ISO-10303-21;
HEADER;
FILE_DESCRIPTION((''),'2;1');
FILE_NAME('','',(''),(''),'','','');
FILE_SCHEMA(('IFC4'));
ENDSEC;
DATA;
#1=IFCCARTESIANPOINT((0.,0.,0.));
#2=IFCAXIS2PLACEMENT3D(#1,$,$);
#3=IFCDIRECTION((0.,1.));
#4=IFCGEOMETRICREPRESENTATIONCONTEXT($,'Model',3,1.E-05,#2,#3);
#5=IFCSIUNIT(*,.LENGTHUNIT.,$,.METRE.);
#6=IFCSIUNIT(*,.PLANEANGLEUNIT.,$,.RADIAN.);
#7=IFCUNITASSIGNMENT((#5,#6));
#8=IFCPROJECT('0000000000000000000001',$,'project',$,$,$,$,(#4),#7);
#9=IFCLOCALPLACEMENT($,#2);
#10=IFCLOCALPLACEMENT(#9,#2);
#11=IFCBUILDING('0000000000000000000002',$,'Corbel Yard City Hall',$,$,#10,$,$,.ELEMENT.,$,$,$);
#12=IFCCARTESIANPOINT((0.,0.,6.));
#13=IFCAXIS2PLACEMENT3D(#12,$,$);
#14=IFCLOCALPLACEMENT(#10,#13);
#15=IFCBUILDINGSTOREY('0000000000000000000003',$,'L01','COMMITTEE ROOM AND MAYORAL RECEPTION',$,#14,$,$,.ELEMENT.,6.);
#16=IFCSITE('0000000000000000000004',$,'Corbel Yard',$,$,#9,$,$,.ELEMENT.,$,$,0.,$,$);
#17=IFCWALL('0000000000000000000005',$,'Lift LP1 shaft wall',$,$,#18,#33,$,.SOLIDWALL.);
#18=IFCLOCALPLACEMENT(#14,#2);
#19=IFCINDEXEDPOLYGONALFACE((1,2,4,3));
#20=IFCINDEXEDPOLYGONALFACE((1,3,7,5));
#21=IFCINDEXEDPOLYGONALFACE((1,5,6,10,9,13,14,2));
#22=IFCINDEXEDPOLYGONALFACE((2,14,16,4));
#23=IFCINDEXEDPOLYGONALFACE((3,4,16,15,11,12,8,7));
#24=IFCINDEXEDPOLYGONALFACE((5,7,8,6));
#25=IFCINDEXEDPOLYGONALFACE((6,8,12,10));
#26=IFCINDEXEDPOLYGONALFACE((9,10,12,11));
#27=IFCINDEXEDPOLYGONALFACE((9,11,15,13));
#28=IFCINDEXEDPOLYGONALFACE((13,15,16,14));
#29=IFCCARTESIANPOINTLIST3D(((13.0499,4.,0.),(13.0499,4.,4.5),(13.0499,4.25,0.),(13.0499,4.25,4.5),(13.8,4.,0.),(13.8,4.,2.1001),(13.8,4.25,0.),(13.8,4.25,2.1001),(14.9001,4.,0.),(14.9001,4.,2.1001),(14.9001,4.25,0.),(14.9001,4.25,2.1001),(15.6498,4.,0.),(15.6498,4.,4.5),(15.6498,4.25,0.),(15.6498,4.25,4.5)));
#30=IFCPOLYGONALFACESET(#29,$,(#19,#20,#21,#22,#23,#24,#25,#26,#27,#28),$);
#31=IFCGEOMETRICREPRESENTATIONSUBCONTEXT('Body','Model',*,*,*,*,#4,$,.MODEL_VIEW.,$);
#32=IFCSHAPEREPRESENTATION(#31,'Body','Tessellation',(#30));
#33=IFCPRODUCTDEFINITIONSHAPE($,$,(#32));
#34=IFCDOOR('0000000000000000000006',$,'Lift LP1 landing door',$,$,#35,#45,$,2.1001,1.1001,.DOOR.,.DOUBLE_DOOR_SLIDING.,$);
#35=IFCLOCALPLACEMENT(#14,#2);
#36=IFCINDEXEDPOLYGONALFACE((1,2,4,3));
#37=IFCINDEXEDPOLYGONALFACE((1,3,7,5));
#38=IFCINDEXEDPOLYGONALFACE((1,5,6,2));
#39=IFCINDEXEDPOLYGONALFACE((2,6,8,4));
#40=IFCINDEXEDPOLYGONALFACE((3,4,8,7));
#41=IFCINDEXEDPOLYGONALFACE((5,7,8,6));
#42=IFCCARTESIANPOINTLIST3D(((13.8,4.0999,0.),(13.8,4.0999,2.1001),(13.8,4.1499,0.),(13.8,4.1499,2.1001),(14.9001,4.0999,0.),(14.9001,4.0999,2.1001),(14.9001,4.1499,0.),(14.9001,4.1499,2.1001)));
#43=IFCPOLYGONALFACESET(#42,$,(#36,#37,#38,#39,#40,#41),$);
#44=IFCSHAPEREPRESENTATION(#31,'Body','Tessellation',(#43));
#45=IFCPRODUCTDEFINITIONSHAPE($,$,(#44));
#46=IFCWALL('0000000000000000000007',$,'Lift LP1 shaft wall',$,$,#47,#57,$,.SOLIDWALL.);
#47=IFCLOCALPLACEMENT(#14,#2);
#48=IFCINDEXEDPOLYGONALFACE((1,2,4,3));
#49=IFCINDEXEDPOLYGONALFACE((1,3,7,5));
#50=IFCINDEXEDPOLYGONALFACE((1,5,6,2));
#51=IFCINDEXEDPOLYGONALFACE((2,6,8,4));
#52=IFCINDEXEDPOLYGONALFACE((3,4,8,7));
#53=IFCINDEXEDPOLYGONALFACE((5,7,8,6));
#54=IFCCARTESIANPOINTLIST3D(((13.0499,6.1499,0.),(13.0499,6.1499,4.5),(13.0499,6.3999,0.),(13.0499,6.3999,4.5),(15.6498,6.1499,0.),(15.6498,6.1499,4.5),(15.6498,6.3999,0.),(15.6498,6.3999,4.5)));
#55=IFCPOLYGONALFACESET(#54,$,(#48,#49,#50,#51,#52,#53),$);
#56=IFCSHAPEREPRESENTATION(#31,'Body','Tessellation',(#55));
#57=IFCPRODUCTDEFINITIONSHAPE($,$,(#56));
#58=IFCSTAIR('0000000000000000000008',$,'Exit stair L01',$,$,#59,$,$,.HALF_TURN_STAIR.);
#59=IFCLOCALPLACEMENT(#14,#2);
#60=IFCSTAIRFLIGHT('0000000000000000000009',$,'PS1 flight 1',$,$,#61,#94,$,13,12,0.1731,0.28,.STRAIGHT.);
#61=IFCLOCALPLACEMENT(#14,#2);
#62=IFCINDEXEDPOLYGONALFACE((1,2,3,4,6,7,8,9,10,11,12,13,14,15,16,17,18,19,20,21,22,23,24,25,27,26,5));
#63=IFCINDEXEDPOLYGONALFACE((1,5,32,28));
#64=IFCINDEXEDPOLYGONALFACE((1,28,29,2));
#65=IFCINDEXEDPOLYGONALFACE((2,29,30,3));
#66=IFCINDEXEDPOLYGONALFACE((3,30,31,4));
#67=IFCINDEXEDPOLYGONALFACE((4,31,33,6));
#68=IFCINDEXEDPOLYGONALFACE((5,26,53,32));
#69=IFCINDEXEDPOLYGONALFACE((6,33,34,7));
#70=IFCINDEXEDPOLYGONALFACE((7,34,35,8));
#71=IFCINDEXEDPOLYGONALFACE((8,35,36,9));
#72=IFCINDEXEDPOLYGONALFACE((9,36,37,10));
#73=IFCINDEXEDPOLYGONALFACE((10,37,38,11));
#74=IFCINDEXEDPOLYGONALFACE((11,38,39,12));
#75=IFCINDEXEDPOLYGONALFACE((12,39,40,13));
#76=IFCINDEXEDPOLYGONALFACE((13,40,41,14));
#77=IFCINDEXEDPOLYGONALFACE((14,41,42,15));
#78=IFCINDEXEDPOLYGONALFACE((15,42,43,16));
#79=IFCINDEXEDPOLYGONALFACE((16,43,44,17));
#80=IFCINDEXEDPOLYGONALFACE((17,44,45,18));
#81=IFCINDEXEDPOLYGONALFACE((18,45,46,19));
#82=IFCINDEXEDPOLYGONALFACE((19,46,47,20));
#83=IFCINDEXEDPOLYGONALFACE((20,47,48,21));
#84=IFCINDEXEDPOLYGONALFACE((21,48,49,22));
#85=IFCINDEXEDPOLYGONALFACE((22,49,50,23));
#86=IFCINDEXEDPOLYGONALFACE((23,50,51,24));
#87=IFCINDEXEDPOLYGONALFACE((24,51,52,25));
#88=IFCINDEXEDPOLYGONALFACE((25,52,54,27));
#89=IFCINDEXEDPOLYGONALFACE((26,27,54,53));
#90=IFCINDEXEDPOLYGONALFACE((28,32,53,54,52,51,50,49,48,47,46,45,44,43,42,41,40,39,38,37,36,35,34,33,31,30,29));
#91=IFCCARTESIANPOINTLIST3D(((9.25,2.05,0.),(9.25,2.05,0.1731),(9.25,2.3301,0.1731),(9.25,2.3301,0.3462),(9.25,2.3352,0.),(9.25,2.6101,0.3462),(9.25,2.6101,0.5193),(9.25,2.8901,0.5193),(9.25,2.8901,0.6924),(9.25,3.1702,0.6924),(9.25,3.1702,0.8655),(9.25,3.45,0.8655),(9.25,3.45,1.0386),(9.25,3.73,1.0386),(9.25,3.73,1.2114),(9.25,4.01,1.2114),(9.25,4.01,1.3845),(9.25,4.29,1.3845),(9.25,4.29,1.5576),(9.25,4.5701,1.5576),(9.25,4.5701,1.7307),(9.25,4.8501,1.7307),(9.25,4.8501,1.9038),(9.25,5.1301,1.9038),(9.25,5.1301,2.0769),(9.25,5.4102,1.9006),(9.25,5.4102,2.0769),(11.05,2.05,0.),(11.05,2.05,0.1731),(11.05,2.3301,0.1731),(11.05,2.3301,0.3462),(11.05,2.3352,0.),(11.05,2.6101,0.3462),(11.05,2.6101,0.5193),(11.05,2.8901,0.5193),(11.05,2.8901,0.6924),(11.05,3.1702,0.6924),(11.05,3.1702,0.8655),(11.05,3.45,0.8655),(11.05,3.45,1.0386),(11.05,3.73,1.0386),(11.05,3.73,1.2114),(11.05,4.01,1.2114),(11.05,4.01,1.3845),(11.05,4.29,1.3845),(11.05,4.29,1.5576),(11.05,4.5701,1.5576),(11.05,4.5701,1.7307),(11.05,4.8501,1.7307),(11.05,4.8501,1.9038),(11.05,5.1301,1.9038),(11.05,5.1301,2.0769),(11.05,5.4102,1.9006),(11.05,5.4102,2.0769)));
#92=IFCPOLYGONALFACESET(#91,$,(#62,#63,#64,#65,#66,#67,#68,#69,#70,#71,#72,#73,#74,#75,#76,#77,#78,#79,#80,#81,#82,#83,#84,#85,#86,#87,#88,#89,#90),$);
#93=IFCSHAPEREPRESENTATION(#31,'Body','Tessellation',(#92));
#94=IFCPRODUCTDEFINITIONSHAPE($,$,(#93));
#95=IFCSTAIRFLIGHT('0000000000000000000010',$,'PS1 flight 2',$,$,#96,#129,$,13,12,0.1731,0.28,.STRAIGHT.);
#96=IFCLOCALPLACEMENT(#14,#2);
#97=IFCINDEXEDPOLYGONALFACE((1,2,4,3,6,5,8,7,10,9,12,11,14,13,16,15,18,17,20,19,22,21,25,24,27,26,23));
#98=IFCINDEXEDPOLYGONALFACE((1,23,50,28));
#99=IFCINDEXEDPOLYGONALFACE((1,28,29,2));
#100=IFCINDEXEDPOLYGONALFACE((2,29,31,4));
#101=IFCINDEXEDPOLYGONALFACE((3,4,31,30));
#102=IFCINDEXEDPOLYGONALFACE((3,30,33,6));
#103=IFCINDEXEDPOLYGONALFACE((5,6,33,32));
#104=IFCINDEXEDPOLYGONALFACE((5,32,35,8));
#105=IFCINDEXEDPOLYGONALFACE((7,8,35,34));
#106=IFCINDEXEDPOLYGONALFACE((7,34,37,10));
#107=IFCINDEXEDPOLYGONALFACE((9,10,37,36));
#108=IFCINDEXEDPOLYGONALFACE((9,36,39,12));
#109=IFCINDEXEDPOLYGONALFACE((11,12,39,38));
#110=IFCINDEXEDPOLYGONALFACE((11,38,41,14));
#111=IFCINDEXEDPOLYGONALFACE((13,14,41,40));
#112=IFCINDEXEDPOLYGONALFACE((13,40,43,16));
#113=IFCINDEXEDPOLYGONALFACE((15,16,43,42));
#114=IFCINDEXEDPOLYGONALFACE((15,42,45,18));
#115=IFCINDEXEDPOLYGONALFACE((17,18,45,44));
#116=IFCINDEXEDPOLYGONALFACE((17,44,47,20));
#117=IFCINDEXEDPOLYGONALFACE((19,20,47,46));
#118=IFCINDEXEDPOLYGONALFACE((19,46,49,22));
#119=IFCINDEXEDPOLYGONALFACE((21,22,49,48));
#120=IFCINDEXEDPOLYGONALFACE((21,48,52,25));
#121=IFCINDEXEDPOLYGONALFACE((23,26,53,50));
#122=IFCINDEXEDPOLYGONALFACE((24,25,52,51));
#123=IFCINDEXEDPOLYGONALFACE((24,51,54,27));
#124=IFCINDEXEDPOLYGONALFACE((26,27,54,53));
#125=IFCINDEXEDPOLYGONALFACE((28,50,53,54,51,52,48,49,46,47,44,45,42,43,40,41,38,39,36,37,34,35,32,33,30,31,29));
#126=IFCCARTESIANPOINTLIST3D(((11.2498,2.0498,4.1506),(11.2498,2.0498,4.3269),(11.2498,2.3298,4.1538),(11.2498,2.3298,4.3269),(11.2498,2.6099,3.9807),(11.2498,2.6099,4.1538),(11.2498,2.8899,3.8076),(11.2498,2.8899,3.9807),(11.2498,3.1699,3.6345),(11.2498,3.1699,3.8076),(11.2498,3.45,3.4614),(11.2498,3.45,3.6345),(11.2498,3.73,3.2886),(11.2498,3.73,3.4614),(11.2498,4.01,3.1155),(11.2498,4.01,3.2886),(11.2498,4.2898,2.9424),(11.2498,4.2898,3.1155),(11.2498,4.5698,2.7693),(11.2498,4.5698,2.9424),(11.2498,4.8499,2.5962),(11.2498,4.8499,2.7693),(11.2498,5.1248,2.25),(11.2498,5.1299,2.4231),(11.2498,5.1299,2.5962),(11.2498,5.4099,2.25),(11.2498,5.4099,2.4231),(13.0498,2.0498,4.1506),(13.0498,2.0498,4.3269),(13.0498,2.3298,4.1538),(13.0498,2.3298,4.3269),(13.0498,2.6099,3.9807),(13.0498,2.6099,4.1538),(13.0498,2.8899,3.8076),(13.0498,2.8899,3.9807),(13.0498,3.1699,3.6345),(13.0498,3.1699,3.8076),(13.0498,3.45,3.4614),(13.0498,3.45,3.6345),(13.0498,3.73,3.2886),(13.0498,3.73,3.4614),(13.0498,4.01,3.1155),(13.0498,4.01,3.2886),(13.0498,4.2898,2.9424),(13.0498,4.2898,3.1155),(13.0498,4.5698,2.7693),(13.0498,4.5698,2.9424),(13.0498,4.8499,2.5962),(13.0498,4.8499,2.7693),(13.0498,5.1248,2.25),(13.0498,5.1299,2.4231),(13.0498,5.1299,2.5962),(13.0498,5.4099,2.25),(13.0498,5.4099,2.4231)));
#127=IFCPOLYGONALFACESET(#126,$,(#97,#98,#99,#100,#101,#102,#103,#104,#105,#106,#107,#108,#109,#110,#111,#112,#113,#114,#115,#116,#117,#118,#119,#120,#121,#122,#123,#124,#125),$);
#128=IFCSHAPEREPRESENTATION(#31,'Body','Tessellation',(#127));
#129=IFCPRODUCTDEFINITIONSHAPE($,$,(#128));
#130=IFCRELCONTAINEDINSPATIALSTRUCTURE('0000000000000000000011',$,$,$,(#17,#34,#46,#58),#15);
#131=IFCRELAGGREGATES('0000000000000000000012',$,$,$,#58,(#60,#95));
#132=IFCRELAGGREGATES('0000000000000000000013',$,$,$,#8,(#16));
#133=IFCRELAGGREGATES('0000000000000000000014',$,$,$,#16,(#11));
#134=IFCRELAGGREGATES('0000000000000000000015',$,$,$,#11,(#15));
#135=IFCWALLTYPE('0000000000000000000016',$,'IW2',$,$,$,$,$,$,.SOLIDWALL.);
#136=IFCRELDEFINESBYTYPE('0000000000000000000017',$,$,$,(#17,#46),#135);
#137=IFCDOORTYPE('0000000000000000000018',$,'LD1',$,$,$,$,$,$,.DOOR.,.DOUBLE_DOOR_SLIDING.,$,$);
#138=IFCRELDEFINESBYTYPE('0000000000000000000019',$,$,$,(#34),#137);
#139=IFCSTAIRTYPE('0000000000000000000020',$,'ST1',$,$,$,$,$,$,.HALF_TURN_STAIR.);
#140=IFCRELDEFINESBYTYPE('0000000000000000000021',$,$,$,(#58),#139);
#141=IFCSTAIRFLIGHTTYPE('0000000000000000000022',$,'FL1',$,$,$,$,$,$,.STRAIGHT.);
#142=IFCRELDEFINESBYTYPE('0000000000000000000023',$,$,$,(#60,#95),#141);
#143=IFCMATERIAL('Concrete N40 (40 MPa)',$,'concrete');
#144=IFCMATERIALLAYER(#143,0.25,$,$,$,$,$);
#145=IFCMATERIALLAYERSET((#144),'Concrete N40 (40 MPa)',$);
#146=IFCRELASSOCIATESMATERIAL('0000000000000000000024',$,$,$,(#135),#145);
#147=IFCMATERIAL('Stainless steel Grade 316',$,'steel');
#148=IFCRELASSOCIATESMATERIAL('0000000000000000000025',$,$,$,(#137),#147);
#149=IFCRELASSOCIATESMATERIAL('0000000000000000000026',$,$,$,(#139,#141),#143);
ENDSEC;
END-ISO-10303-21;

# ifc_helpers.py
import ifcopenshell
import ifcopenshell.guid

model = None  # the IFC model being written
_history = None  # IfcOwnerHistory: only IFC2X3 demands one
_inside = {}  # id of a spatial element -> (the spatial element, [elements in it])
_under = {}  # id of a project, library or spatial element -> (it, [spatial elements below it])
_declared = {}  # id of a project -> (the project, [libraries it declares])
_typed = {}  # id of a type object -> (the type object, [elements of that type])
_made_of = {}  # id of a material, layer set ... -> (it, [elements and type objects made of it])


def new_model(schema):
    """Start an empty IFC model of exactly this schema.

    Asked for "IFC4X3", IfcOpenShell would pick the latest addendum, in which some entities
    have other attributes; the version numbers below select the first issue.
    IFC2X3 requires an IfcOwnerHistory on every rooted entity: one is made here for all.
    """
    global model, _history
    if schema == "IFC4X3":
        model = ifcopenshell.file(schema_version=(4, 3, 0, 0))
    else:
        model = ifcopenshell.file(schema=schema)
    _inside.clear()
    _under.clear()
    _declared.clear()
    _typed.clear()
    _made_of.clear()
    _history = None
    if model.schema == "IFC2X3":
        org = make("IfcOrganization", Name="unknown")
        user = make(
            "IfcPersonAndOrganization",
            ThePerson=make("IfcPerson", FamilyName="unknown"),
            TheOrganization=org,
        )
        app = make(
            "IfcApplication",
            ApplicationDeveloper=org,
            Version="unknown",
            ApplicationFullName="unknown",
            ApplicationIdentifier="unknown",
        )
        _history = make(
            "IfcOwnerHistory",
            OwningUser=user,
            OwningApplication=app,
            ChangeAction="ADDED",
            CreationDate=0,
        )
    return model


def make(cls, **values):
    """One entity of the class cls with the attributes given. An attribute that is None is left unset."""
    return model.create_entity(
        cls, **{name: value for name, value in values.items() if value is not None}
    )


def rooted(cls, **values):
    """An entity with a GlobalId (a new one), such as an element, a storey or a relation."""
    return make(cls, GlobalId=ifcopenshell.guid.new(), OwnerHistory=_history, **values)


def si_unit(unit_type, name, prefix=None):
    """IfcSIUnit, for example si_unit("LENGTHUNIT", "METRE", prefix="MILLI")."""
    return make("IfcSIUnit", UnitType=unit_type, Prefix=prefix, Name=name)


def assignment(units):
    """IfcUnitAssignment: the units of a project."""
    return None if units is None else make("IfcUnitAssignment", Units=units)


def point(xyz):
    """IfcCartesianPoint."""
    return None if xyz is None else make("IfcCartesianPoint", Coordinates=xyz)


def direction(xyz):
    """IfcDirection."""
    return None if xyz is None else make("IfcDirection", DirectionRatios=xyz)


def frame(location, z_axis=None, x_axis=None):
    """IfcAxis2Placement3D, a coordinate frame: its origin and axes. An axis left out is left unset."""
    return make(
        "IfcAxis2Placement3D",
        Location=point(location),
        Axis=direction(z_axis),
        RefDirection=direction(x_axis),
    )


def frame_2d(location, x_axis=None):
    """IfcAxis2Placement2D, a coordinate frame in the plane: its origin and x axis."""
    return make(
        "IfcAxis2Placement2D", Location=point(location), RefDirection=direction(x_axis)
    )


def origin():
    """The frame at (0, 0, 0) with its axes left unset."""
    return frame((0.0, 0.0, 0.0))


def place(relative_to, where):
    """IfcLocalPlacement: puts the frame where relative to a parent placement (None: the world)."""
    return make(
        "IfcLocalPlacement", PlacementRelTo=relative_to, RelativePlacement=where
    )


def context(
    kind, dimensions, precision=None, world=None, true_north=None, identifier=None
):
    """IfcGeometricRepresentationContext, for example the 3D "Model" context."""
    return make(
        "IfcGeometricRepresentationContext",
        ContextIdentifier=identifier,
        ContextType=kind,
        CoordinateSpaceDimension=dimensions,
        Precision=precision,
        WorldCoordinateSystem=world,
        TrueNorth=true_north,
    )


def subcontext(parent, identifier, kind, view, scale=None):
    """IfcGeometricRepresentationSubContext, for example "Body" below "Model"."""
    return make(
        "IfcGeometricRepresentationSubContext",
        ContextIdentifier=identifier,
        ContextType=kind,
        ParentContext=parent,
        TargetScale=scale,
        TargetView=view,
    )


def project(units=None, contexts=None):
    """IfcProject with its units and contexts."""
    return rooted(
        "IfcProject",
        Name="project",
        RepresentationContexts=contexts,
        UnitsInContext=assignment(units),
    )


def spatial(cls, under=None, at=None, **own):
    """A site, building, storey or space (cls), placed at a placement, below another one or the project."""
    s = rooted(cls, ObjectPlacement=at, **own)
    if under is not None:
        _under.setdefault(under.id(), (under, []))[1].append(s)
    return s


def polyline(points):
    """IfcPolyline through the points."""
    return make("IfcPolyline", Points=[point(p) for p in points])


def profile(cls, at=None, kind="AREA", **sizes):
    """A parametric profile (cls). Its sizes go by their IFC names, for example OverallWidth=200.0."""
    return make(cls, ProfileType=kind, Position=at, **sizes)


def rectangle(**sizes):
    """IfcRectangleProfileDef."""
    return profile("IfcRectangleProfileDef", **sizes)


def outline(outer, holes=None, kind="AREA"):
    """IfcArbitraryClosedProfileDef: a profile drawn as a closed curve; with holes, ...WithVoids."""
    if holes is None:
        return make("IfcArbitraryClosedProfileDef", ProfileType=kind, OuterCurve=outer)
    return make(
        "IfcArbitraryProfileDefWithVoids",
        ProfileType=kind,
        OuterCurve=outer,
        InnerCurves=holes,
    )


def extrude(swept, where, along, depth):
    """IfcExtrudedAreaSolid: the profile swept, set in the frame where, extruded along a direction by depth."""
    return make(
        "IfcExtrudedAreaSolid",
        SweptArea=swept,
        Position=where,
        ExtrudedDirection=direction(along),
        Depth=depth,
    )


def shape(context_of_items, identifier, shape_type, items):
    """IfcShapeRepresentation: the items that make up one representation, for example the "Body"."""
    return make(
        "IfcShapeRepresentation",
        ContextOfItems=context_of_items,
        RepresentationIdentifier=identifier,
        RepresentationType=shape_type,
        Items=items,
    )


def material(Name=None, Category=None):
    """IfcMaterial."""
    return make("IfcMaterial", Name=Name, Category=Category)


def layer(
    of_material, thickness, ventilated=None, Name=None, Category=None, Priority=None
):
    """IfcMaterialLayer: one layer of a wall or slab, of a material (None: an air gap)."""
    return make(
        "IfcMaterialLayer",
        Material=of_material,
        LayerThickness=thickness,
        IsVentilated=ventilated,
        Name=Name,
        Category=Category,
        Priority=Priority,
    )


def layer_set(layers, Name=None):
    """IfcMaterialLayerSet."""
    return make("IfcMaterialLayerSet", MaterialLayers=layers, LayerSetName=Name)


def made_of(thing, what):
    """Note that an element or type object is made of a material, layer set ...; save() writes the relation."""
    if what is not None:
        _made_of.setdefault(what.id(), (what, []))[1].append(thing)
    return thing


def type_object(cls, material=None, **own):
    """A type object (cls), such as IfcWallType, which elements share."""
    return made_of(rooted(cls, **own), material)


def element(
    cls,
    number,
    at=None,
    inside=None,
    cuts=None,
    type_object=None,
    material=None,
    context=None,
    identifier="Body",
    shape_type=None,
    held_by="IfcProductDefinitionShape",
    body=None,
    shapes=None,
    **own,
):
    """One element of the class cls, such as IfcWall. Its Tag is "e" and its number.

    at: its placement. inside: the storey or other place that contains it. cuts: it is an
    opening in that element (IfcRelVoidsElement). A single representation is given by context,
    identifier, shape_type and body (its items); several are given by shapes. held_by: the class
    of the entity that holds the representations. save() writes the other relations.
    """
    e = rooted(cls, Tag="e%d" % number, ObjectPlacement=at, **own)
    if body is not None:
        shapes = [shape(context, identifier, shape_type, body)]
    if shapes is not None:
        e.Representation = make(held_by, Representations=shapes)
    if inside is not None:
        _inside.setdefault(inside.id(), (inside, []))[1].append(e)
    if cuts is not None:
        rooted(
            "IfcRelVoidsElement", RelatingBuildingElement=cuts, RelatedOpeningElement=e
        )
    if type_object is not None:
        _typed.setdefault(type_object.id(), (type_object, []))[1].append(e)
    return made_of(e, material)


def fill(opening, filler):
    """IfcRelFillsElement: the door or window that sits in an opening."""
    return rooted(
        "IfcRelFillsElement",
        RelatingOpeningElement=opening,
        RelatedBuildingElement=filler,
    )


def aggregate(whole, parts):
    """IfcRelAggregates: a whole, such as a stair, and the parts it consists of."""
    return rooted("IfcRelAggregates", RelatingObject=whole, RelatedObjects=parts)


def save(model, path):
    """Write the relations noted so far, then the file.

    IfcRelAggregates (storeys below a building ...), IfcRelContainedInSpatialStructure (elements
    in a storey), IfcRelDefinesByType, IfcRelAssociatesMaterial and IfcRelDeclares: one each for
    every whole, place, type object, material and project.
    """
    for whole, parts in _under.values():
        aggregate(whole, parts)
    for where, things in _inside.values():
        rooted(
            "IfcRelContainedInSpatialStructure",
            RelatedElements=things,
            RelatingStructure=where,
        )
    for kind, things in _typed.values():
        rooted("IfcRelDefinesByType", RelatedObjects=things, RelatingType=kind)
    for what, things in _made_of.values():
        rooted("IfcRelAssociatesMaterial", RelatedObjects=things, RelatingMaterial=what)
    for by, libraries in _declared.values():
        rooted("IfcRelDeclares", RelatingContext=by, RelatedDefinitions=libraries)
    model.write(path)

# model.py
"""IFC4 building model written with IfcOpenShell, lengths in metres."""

from ifc_helpers import new_model, si_unit, direction, frame, frame_2d, origin, place, context, subcontext, project, spatial, polyline, rectangle, outline, extrude, material, layer, layer_set, type_object, element, fill, aggregate, save


model = new_model("IFC4")

# Units and contexts
model_context = context("Model", 3, precision=1e-05, world=origin(), true_north=direction((0.0, 1.0)))
body_context = subcontext(model_context, "Body", "Model", "MODEL_VIEW")
ifc_project = project(units=[si_unit("LENGTHUNIT", "METRE"), si_unit("PLANEANGLEUNIT", "RADIAN")], contexts=[model_context])

# Site, building, storey
site_placement = place(None, origin())
site = spatial("IfcSite", under=ifc_project, at=site_placement, Name="Corbel Yard", CompositionType="ELEMENT", RefElevation=0.0)
building_placement = place(site_placement, origin())
building = spatial("IfcBuilding", under=site, at=building_placement, Name="Corbel Yard City Hall", CompositionType="ELEMENT")
storey_placement = place(building_placement, frame((0.0, 0.0, 6.0)))
storey = spatial("IfcBuildingStorey", under=building, at=storey_placement, Name="L01", Description="COMMITTEE ROOM AND MAYORAL RECEPTION", CompositionType="ELEMENT", Elevation=6.0)

# Wall, opening, door
ifc_material_1 = material(Name="Concrete N40 (40 MPa)", Category="concrete")
ifc_layer_1 = layer(ifc_material_1, 0.25)
ifc_layer_set_1 = layer_set([ifc_layer_1], Name="Concrete N40 (40 MPa)")
wall_type_1 = type_object("IfcWallType", Name="IW2", PredefinedType="SOLIDWALL", material=ifc_layer_set_1)
wall_1_placement = place(storey_placement, frame((13.05, 4.125, 0.0), z_axis=(0.0, 0.0, 1.0), x_axis=(1.0, 0.0, 0.0)))
wall_1 = element("IfcWall", 1, at=wall_1_placement, inside=storey, type_object=wall_type_1, Name="Lift LP1 shaft wall", PredefinedType="SOLIDWALL", context=body_context, shape_type="SweptSolid", body=[
    extrude(rectangle(XDim=2.5999, YDim=0.25, at=frame_2d((1.2998, 0.0))), origin(), (0.0, 0.0, 1.0), 4.5),
])
opening_1_placement = place(wall_1_placement, frame((0.75, 0.0, 0.0)))
opening_1 = element("IfcOpeningElement", 2, at=opening_1_placement, cuts=wall_1, PredefinedType="OPENING", context=body_context, shape_type="SweptSolid", body=[
    extrude(rectangle(XDim=1.1001, YDim=2.1001, at=frame_2d((0.55, 1.05))), frame((0.0, 0.135, 0.0), z_axis=(0.0, -1.0, 0.0), x_axis=(1.0, 0.0, 0.0)), (0.0, 0.0, 1.0), 0.27),
])
ifc_material_2 = material(Name="Stainless steel Grade 316", Category="steel")
door_type = type_object("IfcDoorType", Name="LD1", OperationType="DOUBLE_DOOR_SLIDING", PredefinedType="DOOR", material=ifc_material_2)
door_placement = place(opening_1_placement, origin())
door = element("IfcDoor", 3, at=door_placement, inside=storey, type_object=door_type, Name="Lift LP1 landing door", OperationType="DOUBLE_DOOR_SLIDING", OverallHeight=2.1001, OverallWidth=1.1001, PredefinedType="DOOR", context=body_context, shape_type="SweptSolid", body=[
    extrude(rectangle(XDim=1.1001, YDim=2.1001, at=frame_2d((0.55, 1.05))), frame((0.0, 0.0249, 0.0), z_axis=(0.0, -1.0, 0.0), x_axis=(1.0, 0.0, 0.0)), (0.0, 0.0, 1.0), 0.05),
])
fill(opening_1, door)

# Wall
wall_2_placement = place(storey_placement, frame((13.05, 6.2749, 0.0), z_axis=(0.0, 0.0, 1.0), x_axis=(1.0, 0.0, 0.0)))
element("IfcWall", 4, at=wall_2_placement, inside=storey, type_object=wall_type_1, Name="Lift LP1 shaft wall", PredefinedType="SOLIDWALL", context=body_context, shape_type="SweptSolid", body=[
    extrude(rectangle(XDim=2.5999, YDim=0.25, at=frame_2d((1.2998, 0.0))), origin(), (0.0, 0.0, 1.0), 4.5),
])

# Stair, stair flights
stair_type = type_object("IfcStairType", Name="ST1", PredefinedType="HALF_TURN_STAIR", material=ifc_material_1)
stair_placement = place(storey_placement, origin())
stair = element("IfcStair", 5, at=stair_placement, inside=storey, type_object=stair_type, Name="Exit stair L01", PredefinedType="HALF_TURN_STAIR")
stair_flight_type = type_object("IfcStairFlightType", Name="FL1", PredefinedType="STRAIGHT", material=ifc_material_1)
stair_flight_1_placement = place(storey_placement, frame((10.1499, 2.05, 0.0), z_axis=(0.0, 0.0, 1.0), x_axis=(0.0, 1.0, 0.0)))
stair_flight_1 = element("IfcStairFlight", 6, at=stair_flight_1_placement, type_object=stair_flight_type, Name="PS1 flight 1", NumberOfRisers=13, NumberOfTreads=12, PredefinedType="STRAIGHT", RiserHeight=0.1731, TreadLength=0.28, context=body_context, shape_type="SweptSolid", body=[
    extrude(outline(polyline([(0.0, 0.0), (0.0, 0.1731), (0.28, 0.1731), (0.28, 0.3462), (0.5601, 0.3462), (0.5601, 0.5193), (0.8401, 0.5193), (0.8401, 0.6924), (1.1201, 0.6924), (1.1201, 0.8655), (1.3999, 0.8655), (1.3999, 1.0386), (1.6799, 1.0386), (1.6799, 1.2114), (1.96, 1.2114), (1.96, 1.3845), (2.24, 1.3845), (2.24, 1.5576), (2.52, 1.5576), (2.52, 1.7307), (2.8, 1.7307), (2.8, 1.9038), (3.0801, 1.9038), (3.0801, 2.0769), (3.3601, 2.0769), (3.3601, 2.25), (3.3601, 1.9006), (0.2852, 0.0), (0.0, 0.0)])), frame((0.0, 0.8999, 0.0), z_axis=(0.0, -1.0, 0.0), x_axis=(1.0, 0.0, 0.0)), (0.0, 0.0, 1.0), 1.8),
])
stair_flight_2_placement = place(storey_placement, frame((12.1499, 5.4099, 2.25), z_axis=(0.0, 0.0, 1.0), x_axis=(0.0, -1.0, 0.0)))
stair_flight_2 = element("IfcStairFlight", 7, at=stair_flight_2_placement, type_object=stair_flight_type, Name="PS1 flight 2", NumberOfRisers=13, NumberOfTreads=12, PredefinedType="STRAIGHT", RiserHeight=0.1731, TreadLength=0.28, context=body_context, shape_type="SweptSolid", body=[
    extrude(outline(polyline([(0.0, 0.0), (0.0, 0.1731), (0.28, 0.1731), (0.28, 0.3462), (0.5601, 0.3462), (0.5601, 0.5193), (0.8401, 0.5193), (0.8401, 0.6924), (1.1201, 0.6924), (1.1201, 0.8655), (1.3999, 0.8655), (1.3999, 1.0386), (1.6799, 1.0386), (1.6799, 1.2114), (1.96, 1.2114), (1.96, 1.3845), (2.24, 1.3845), (2.24, 1.5576), (2.52, 1.5576), (2.52, 1.7307), (2.8, 1.7307), (2.8, 1.9038), (3.0801, 1.9038), (3.0801, 2.0769), (3.3601, 2.0769), (3.3601, 2.25), (3.3601, 1.9006), (0.2852, 0.0), (0.0, 0.0)])), frame((0.0, 0.8999, 0.0), z_axis=(0.0, -1.0, 0.0), x_axis=(1.0, 0.0, 0.0)), (0.0, 0.0, 1.0), 1.8),
])
aggregate(stair, [stair_flight_1, stair_flight_2])

save(model, "model.ifc")
